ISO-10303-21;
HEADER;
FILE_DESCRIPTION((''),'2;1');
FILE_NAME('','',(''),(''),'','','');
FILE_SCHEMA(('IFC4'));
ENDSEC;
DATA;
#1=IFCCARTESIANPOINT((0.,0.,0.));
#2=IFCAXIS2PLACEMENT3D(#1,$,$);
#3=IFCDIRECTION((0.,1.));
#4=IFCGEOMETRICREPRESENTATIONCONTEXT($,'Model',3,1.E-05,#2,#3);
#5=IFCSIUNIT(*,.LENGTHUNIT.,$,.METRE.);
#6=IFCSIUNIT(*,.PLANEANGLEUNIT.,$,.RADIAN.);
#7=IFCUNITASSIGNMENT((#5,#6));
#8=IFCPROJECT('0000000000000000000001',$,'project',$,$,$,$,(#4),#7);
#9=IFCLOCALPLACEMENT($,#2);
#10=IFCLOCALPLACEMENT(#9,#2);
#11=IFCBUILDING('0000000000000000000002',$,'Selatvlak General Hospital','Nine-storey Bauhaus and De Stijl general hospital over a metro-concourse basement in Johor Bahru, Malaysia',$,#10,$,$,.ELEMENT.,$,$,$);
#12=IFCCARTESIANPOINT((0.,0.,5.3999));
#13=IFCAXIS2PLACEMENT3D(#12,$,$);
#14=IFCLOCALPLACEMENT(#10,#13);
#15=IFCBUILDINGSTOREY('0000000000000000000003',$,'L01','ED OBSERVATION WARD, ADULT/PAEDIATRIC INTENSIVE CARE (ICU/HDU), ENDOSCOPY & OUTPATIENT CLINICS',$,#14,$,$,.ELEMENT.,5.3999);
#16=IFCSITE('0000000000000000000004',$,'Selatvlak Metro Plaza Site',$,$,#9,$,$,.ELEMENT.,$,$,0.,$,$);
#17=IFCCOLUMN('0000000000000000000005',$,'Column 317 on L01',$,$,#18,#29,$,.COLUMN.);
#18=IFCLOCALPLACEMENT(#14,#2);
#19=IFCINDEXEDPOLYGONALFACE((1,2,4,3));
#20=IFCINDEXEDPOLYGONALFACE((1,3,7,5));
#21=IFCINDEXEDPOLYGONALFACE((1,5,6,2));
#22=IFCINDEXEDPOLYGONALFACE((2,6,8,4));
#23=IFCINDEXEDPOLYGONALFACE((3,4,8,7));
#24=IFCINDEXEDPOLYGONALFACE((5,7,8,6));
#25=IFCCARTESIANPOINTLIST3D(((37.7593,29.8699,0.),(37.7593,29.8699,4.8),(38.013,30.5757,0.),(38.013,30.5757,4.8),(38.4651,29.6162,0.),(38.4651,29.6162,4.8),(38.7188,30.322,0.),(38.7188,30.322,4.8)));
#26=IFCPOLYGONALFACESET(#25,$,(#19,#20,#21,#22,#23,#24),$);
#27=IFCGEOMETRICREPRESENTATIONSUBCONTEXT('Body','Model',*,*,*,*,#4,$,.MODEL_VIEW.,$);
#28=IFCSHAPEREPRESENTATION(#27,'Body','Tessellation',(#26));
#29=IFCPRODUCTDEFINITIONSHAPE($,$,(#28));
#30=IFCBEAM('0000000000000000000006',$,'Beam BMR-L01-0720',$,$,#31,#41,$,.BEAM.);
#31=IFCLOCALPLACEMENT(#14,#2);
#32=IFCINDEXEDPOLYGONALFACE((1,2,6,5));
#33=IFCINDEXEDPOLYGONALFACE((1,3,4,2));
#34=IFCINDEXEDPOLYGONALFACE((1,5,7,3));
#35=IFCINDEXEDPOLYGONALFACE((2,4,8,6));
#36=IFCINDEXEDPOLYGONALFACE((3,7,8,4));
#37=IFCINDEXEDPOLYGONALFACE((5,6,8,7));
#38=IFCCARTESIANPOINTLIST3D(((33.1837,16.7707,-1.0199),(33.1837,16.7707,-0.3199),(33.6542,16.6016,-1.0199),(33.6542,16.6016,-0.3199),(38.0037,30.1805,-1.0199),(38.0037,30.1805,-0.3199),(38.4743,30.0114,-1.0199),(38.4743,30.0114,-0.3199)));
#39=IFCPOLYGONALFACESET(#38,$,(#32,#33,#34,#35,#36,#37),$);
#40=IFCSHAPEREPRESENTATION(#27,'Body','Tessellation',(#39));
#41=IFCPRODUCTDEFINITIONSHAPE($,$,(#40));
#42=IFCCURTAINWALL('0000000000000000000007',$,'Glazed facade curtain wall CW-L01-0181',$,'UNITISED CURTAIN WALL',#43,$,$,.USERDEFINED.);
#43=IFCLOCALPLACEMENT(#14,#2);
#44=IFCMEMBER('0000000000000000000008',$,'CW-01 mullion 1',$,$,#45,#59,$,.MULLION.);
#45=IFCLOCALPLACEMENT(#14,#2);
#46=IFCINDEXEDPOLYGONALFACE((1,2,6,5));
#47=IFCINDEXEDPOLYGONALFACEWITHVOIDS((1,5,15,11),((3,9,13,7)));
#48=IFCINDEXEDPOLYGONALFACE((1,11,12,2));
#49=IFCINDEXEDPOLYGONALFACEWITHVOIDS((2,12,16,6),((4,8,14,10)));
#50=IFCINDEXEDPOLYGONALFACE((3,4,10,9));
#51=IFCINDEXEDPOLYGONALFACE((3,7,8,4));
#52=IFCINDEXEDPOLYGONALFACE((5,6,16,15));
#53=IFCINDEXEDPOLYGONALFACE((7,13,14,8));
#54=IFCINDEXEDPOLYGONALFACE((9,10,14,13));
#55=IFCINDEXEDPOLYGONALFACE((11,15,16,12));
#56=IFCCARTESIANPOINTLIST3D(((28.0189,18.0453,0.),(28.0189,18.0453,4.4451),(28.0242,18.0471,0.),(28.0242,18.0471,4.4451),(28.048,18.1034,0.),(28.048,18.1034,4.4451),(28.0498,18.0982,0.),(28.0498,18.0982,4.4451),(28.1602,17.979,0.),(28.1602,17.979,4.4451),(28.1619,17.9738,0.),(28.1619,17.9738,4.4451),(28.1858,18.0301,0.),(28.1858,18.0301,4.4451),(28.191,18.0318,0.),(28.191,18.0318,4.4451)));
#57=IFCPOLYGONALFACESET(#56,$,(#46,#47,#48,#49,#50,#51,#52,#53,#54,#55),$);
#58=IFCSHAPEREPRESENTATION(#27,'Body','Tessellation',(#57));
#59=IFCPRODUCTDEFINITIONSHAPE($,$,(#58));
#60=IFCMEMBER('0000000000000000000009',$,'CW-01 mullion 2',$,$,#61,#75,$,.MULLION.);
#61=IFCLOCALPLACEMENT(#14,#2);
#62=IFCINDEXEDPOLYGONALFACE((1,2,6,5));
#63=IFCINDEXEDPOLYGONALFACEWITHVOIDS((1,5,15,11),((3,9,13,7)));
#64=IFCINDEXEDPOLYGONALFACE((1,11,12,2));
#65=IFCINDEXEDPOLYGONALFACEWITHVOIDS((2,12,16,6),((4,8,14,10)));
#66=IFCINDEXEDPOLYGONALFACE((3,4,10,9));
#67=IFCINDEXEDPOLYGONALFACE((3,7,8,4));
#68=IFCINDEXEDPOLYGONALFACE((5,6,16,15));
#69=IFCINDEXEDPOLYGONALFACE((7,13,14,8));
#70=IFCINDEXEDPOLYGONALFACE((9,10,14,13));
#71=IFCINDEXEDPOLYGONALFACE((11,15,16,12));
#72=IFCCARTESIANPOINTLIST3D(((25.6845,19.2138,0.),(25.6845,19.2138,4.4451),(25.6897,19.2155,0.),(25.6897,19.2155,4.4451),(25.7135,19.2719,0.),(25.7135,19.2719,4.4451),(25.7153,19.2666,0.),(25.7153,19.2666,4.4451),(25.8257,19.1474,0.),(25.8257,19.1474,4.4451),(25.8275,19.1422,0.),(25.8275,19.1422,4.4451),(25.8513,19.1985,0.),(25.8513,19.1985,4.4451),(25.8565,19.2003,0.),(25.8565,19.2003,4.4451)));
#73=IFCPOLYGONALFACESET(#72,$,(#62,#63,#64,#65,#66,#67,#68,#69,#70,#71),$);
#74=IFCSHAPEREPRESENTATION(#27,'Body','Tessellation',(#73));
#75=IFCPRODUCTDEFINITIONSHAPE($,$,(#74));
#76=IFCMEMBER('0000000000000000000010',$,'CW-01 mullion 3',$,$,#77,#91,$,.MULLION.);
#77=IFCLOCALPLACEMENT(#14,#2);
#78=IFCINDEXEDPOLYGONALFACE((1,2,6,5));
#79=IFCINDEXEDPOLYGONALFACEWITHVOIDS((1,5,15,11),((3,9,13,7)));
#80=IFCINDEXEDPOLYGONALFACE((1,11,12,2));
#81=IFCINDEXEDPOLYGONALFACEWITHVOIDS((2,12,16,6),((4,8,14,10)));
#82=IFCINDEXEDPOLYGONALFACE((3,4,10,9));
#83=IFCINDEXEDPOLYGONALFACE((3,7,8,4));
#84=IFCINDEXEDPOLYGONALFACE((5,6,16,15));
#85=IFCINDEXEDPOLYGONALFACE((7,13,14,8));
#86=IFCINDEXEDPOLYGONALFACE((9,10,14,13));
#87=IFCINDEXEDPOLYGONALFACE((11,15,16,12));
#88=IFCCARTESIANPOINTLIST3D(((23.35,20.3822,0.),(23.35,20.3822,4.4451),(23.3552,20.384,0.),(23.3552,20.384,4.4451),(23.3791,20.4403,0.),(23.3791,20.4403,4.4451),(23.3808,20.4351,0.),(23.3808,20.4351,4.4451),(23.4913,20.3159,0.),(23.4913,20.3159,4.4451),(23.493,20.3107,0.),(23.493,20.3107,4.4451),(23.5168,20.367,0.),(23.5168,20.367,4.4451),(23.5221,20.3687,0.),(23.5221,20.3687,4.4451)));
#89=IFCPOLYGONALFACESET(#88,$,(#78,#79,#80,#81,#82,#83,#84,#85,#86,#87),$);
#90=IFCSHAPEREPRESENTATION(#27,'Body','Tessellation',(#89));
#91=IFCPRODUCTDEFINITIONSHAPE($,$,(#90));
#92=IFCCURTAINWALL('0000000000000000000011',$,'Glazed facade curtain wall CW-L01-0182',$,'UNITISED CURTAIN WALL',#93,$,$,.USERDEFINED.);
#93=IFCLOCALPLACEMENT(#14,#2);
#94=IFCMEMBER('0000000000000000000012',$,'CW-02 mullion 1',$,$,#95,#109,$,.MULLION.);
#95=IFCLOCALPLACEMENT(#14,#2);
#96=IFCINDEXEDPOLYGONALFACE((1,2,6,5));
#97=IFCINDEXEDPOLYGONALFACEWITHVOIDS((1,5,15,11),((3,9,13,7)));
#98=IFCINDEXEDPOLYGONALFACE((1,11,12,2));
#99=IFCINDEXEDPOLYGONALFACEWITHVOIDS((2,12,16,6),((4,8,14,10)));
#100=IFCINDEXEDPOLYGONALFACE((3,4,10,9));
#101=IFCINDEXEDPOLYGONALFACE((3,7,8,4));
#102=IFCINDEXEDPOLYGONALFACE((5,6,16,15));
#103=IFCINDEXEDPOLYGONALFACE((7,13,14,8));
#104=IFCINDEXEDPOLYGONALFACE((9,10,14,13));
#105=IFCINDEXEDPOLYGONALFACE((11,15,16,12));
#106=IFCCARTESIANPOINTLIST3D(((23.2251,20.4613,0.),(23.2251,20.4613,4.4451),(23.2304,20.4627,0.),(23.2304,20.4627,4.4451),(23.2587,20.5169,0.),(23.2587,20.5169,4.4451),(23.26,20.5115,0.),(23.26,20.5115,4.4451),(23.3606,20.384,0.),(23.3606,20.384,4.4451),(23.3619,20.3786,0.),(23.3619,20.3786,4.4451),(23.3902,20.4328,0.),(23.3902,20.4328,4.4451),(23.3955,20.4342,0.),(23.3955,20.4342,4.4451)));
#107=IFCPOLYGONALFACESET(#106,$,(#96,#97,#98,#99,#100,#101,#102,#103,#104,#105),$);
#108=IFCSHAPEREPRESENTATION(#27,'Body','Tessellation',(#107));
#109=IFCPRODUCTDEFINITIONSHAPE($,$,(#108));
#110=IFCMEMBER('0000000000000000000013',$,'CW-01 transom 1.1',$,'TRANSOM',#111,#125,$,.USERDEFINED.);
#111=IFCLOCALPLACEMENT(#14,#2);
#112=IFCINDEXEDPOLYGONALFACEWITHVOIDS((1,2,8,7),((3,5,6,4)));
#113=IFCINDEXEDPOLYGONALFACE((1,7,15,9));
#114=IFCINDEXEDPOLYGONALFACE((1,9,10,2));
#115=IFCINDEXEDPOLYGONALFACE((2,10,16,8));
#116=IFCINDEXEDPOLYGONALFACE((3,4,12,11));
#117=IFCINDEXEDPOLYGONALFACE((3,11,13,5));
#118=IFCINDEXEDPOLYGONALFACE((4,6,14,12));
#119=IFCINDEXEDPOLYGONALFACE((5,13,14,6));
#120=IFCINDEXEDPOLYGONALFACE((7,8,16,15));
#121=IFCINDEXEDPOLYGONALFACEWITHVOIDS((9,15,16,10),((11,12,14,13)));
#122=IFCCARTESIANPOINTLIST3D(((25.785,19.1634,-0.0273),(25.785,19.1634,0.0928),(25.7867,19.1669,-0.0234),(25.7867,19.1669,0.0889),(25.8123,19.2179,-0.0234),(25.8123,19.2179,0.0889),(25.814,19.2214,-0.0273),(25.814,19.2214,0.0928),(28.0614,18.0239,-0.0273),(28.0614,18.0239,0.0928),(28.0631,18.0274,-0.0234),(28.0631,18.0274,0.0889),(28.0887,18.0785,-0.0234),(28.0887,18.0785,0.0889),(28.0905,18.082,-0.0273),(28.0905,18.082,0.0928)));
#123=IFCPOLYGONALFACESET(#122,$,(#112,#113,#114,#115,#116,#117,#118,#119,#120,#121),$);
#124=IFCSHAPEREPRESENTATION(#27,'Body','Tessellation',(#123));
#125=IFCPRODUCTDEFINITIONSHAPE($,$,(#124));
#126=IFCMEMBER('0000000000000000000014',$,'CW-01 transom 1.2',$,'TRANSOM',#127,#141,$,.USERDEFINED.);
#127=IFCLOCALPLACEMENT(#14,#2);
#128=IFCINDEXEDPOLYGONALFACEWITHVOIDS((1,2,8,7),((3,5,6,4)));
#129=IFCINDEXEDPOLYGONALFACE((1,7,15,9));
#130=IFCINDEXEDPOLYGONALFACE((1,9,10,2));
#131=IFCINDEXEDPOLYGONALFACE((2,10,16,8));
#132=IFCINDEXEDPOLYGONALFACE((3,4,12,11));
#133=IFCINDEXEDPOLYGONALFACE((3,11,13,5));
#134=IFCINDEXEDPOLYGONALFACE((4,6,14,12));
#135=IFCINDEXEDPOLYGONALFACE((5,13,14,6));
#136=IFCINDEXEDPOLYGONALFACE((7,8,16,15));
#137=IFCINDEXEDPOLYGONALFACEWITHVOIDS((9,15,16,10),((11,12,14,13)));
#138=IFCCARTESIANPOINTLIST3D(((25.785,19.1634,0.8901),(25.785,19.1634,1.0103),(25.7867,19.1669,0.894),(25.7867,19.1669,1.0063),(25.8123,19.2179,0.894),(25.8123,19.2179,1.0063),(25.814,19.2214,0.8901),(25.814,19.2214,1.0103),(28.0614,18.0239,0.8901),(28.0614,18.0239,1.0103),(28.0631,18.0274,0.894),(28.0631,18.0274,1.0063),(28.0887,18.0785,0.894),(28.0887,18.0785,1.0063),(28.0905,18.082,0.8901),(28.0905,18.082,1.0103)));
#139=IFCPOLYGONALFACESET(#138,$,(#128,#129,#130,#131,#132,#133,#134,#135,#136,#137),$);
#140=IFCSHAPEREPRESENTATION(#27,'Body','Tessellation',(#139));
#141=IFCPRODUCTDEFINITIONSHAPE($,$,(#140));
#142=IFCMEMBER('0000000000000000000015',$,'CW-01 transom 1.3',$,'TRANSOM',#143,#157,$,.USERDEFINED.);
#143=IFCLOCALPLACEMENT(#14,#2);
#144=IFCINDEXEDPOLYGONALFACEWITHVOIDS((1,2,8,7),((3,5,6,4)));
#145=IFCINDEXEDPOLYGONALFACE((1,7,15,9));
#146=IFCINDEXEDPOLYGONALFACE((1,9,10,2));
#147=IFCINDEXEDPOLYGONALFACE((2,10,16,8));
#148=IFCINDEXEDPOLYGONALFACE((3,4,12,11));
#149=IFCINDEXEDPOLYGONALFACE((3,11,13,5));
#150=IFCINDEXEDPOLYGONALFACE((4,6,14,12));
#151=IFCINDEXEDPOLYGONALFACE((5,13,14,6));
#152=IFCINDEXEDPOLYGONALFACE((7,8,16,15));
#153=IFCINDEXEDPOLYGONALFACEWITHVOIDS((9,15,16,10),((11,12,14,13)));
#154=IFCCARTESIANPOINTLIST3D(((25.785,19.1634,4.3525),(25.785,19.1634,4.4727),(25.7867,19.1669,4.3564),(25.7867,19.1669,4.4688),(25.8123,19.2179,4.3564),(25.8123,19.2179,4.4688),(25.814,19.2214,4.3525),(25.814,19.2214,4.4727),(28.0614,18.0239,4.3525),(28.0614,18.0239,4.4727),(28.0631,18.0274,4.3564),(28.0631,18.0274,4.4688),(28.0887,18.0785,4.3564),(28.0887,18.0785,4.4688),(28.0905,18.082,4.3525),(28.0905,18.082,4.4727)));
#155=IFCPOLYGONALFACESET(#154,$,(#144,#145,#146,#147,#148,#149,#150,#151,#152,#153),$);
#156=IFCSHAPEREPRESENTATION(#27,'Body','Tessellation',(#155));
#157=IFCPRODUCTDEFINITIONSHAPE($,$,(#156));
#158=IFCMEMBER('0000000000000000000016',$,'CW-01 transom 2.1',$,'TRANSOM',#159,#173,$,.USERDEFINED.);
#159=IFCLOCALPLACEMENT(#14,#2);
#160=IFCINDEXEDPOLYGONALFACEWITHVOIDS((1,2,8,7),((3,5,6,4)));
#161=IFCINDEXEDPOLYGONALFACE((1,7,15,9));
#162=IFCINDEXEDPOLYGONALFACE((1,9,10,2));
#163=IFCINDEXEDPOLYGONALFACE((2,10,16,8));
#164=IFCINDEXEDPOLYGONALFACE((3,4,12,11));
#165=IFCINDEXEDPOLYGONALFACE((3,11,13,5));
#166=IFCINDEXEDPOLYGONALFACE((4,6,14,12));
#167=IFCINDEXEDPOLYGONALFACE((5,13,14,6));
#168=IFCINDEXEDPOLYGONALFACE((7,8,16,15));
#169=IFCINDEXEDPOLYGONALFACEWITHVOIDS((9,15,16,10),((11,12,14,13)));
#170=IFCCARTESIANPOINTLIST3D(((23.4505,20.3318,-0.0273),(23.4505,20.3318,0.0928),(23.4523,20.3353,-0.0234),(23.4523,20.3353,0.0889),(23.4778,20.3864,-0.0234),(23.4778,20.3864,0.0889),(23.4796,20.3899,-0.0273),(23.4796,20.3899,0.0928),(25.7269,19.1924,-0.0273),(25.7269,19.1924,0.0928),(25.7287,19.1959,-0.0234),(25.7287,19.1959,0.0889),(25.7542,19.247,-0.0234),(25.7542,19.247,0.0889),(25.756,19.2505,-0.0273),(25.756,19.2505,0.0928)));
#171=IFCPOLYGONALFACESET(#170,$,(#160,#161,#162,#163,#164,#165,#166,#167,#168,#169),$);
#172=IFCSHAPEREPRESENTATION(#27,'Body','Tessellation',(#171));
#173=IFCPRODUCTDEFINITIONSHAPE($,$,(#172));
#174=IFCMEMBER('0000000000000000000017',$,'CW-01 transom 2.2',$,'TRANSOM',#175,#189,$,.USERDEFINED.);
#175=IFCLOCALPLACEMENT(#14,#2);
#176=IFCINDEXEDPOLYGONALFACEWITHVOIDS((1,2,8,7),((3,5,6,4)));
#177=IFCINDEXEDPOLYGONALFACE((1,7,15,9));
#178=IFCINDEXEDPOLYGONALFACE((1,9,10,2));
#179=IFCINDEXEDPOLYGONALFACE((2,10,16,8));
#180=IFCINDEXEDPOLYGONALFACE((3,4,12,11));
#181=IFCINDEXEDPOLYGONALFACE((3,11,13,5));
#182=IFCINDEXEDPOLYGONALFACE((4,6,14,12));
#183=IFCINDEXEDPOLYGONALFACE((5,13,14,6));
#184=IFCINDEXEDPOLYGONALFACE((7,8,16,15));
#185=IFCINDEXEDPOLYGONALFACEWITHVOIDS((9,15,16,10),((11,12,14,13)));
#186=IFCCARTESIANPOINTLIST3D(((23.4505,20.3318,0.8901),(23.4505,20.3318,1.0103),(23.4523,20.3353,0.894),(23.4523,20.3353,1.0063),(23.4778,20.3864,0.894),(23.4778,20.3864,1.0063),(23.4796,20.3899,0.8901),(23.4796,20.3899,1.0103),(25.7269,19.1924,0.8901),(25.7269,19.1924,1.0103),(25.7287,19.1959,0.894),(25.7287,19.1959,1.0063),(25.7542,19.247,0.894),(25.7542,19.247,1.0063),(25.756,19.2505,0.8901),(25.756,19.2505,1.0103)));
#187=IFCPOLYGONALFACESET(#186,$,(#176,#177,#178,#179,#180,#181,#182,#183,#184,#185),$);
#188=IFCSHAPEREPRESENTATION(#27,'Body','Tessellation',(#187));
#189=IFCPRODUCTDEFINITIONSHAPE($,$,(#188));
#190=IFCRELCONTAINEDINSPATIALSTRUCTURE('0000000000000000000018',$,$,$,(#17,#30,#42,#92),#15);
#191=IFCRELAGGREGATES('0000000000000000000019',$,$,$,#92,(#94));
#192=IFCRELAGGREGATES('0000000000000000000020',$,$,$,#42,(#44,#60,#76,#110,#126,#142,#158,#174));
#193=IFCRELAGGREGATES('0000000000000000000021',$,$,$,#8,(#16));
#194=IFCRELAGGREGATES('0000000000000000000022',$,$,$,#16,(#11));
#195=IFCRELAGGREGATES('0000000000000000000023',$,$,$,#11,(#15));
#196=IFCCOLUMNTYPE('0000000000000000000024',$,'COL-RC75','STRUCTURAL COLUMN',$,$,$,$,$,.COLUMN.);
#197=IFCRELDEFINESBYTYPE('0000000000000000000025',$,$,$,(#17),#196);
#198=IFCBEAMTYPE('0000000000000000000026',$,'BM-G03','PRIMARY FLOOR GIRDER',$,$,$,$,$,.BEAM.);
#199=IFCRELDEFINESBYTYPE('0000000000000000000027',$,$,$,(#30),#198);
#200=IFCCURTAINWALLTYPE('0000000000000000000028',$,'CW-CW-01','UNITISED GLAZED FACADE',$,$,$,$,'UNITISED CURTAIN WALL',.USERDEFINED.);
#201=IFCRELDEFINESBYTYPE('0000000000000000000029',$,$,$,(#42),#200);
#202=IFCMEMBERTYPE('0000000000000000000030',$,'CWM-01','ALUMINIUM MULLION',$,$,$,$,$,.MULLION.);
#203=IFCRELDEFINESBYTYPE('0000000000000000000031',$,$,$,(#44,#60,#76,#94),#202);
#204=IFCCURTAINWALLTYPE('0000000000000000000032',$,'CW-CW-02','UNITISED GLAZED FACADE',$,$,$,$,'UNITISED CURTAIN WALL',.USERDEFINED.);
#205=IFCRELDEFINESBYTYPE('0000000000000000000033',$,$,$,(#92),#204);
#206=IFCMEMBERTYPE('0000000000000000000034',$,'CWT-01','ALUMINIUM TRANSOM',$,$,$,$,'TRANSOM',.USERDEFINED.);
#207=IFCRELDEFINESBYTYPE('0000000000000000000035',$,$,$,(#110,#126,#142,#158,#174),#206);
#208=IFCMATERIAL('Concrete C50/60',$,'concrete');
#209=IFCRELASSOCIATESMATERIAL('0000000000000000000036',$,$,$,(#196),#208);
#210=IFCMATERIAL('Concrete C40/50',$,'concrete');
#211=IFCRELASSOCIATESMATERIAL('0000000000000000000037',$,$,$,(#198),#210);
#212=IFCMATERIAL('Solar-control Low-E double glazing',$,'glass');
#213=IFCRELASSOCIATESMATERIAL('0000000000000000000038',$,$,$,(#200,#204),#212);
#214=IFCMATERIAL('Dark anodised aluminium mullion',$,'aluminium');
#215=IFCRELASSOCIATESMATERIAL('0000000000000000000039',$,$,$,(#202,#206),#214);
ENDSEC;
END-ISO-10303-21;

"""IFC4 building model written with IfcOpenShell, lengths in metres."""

from ifc_helpers import new_model, si_unit, direction, frame, origin, origin_2d, place, context, subcontext, project, spatial, rectangle, hollow_rectangle, extrude, material, material_profile, profile_set, type_object, element, aggregate, save


model = new_model("IFC4")

# Units and contexts
model_context = context("Model", 3, precision=1e-05, world=origin(), true_north=direction((0.0, 1.0)))
body_context = subcontext(model_context, "Body", "Model", "MODEL_VIEW")
ifc_project = project(units=[si_unit("LENGTHUNIT", "METRE"), si_unit("PLANEANGLEUNIT", "RADIAN")], contexts=[model_context])

# Site, building, storey
site_placement = place(None, origin())
site = spatial("IfcSite", under=ifc_project, at=site_placement, Name="Selatvlak Metro Plaza Site", CompositionType="ELEMENT", RefElevation=0.0)
building_placement = place(site_placement, origin())
building = spatial("IfcBuilding", under=site, at=building_placement, Name="Selatvlak General Hospital", Description="Nine-storey Bauhaus and De Stijl general hospital over a metro-concourse basement in Johor Bahru, Malaysia", CompositionType="ELEMENT")
storey_placement = place(building_placement, frame((0.0, 0.0, 5.3999)))
storey = spatial("IfcBuildingStorey", under=building, at=storey_placement, Name="L01", Description="ED OBSERVATION WARD, ADULT/PAEDIATRIC INTENSIVE CARE (ICU/HDU), ENDOSCOPY & OUTPATIENT CLINICS", CompositionType="ELEMENT", Elevation=5.3999)

# Column
ifc_material_1 = material(Name="Concrete C50/60", Category="concrete")
ifc_material_profile_1 = material_profile(ifc_material_1, rectangle(XDim=0.75, YDim=0.75, at=origin_2d()), Name="RC-COL 750x750")
ifc_profile_set_1 = profile_set([ifc_material_profile_1], Name="Concrete C50/60")
column_type = type_object("IfcColumnType", Name="COL-RC75", Description="STRUCTURAL COLUMN", PredefinedType="COLUMN", material=ifc_profile_set_1)
column_placement = place(storey_placement, frame((38.239, 30.0959, 0.0), z_axis=(0.0, 0.0, 1.0), x_axis=(0.338262, 0.941052, 0.0)))
element("IfcColumn", 1, at=column_placement, inside=storey, type_object=column_type, Name="Column 317 on L01", PredefinedType="COLUMN", context=body_context, shape_type="SweptSolid", body=[
    extrude(rectangle(XDim=0.75, YDim=0.75, at=origin_2d()), origin(), (0.0, 0.0, 1.0), 4.8),
])

# Beam
ifc_material_2 = material(Name="Concrete C40/50", Category="concrete")
ifc_material_profile_2 = material_profile(ifc_material_2, rectangle(XDim=0.5, YDim=0.7, at=origin_2d()), Name="RC-BM 500x700")
ifc_profile_set_2 = profile_set([ifc_material_profile_2], Name="Concrete C40/50")
beam_type = type_object("IfcBeamType", Name="BM-G03", Description="PRIMARY FLOOR GIRDER", PredefinedType="BEAM", material=ifc_profile_set_2)
beam_placement = place(storey_placement, frame((38.239, 30.0959, -0.6699), z_axis=(-0.338253, -0.941055, 0.0), x_axis=(0.941055, -0.338253, 0.0)))
element("IfcBeam", 2, at=beam_placement, inside=storey, type_object=beam_type, Name="Beam BMR-L01-0720", PredefinedType="BEAM", context=body_context, shape_type="SweptSolid", body=[
    extrude(rectangle(XDim=0.5, YDim=0.7, at=origin_2d()), origin(), (0.0, 0.0, 1.0), 14.2498),
])

# Curtain wall, members
ifc_material_3 = material(Name="Solar-control Low-E double glazing", Category="glass")
curtain_wall_type_1 = type_object("IfcCurtainWallType", Name="CW-CW-01", Description="UNITISED GLAZED FACADE", ElementType="UNITISED CURTAIN WALL", PredefinedType="USERDEFINED", material=ifc_material_3)
curtain_wall_1_placement = place(storey_placement, origin())
curtain_wall_1 = element("IfcCurtainWall", 3, at=curtain_wall_1_placement, inside=storey, type_object=curtain_wall_type_1, Name="Glazed facade curtain wall CW-L01-0181", ObjectType="UNITISED CURTAIN WALL", PredefinedType="USERDEFINED")
ifc_material_4 = material(Name="Dark anodised aluminium mullion", Category="aluminium")
ifc_material_profile_3 = material_profile(ifc_material_4, hollow_rectangle(XDim=0.0649, YDim=0.1599, WallThickness=0.0039, at=origin_2d()), Name="AL-MUL 65x160x4")
ifc_profile_set_3 = profile_set([ifc_material_profile_3], Name="Dark anodised aluminium mullion")
member_type_1 = type_object("IfcMemberType", Name="CWM-01", Description="ALUMINIUM MULLION", PredefinedType="MULLION", material=ifc_profile_set_3)
member_1_placement = place(storey_placement, frame((28.105, 18.0386, 0.0), z_axis=(0.0, 0.0, 1.0), x_axis=(-0.447592, -0.894238, 0.0)))
member_1 = element("IfcMember", 4, at=member_1_placement, type_object=member_type_1, Name="CW-01 mullion 1", PredefinedType="MULLION", context=body_context, shape_type="SweptSolid", body=[
    extrude(hollow_rectangle(XDim=0.0649, YDim=0.1599, WallThickness=0.0039, at=origin_2d()), origin(), (0.0, 0.0, 1.0), 4.4451),
])
member_2_placement = place(storey_placement, frame((25.7705, 19.207, 0.0), z_axis=(0.0, 0.0, 1.0), x_axis=(-0.447592, -0.894238, 0.0)))
member_2 = element("IfcMember", 5, at=member_2_placement, type_object=member_type_1, Name="CW-01 mullion 2", PredefinedType="MULLION", context=body_context, shape_type="SweptSolid", body=[
    extrude(hollow_rectangle(XDim=0.0649, YDim=0.1599, WallThickness=0.0039, at=origin_2d()), origin(), (0.0, 0.0, 1.0), 4.4451),
])
member_3_placement = place(storey_placement, frame((23.436, 20.3755, 0.0), z_axis=(0.0, 0.0, 1.0), x_axis=(-0.447592, -0.894238, 0.0)))
member_3 = element("IfcMember", 6, at=member_3_placement, type_object=member_type_1, Name="CW-01 mullion 3", PredefinedType="MULLION", context=body_context, shape_type="SweptSolid", body=[
    extrude(hollow_rectangle(XDim=0.0649, YDim=0.1599, WallThickness=0.0039, at=origin_2d()), origin(), (0.0, 0.0, 1.0), 4.4451),
])

# Curtain wall, member
curtain_wall_type_2 = type_object("IfcCurtainWallType", Name="CW-CW-02", Description="UNITISED GLAZED FACADE", ElementType="UNITISED CURTAIN WALL", PredefinedType="USERDEFINED", material=ifc_material_3)
curtain_wall_2_placement = place(storey_placement, origin())
curtain_wall_2 = element("IfcCurtainWall", 7, at=curtain_wall_2_placement, inside=storey, type_object=curtain_wall_type_2, Name="Glazed facade curtain wall CW-L01-0182", ObjectType="UNITISED CURTAIN WALL", PredefinedType="USERDEFINED")
member_4_placement = place(storey_placement, frame((23.3103, 20.4478, 0.0), z_axis=(0.0, 0.0, 1.0), x_axis=(-0.517413, -0.855736, 0.0)))
member_4 = element("IfcMember", 8, at=member_4_placement, type_object=member_type_1, Name="CW-02 mullion 1", PredefinedType="MULLION", context=body_context, shape_type="SweptSolid", body=[
    extrude(hollow_rectangle(XDim=0.0649, YDim=0.1599, WallThickness=0.0039, at=origin_2d()), origin(), (0.0, 0.0, 1.0), 4.4451),
])

# Members
ifc_material_profile_4 = material_profile(ifc_material_4, hollow_rectangle(XDim=0.0649, YDim=0.1201, WallThickness=0.0039, at=origin_2d()), Name="AL-TRN 65x120x4")
ifc_profile_set_4 = profile_set([ifc_material_profile_4], Name="Dark anodised aluminium mullion")
member_type_2 = type_object("IfcMemberType", Name="CWT-01", Description="ALUMINIUM TRANSOM", ElementType="TRANSOM", PredefinedType="USERDEFINED", material=ifc_profile_set_4)
member_5_placement = place(storey_placement, frame((28.0759, 18.053, 0.0327), z_axis=(-0.894235, 0.447597, 0.0), x_axis=(-0.447597, -0.894235, 0.0)))
member_5 = element("IfcMember", 9, at=member_5_placement, type_object=member_type_2, Name="CW-01 transom 1.1", ObjectType="TRANSOM", PredefinedType="USERDEFINED", context=body_context, shape_type="SweptSolid", body=[
    extrude(hollow_rectangle(XDim=0.0649, YDim=0.1201, WallThickness=0.0039, at=origin_2d()), origin(), (0.0, 0.0, 1.0), 2.5457),
])
member_6_placement = place(storey_placement, frame((28.0759, 18.053, 0.9502), z_axis=(-0.894235, 0.447597, 0.0), x_axis=(-0.447597, -0.894235, 0.0)))
member_6 = element("IfcMember", 10, at=member_6_placement, type_object=member_type_2, Name="CW-01 transom 1.2", ObjectType="TRANSOM", PredefinedType="USERDEFINED", context=body_context, shape_type="SweptSolid", body=[
    extrude(hollow_rectangle(XDim=0.0649, YDim=0.1201, WallThickness=0.0039, at=origin_2d()), origin(), (0.0, 0.0, 1.0), 2.5457),
])
member_7_placement = place(storey_placement, frame((28.0759, 18.053, 4.4126), z_axis=(-0.894235, 0.447597, 0.0), x_axis=(-0.447597, -0.894235, 0.0)))
member_7 = element("IfcMember", 11, at=member_7_placement, type_object=member_type_2, Name="CW-01 transom 1.3", ObjectType="TRANSOM", PredefinedType="USERDEFINED", context=body_context, shape_type="SweptSolid", body=[
    extrude(hollow_rectangle(XDim=0.0649, YDim=0.1201, WallThickness=0.0039, at=origin_2d()), origin(), (0.0, 0.0, 1.0), 2.5457),
])
member_8_placement = place(storey_placement, frame((25.7415, 19.2214, 0.0327), z_axis=(-0.894235, 0.447597, 0.0), x_axis=(-0.447597, -0.894235, 0.0)))
member_8 = element("IfcMember", 12, at=member_8_placement, type_object=member_type_2, Name="CW-01 transom 2.1", ObjectType="TRANSOM", PredefinedType="USERDEFINED", context=body_context, shape_type="SweptSolid", body=[
    extrude(hollow_rectangle(XDim=0.0649, YDim=0.1201, WallThickness=0.0039, at=origin_2d()), origin(), (0.0, 0.0, 1.0), 2.5457),
])
member_9_placement = place(storey_placement, frame((25.7415, 19.2214, 0.9502), z_axis=(-0.894235, 0.447597, 0.0), x_axis=(-0.447597, -0.894235, 0.0)))
member_9 = element("IfcMember", 13, at=member_9_placement, type_object=member_type_2, Name="CW-01 transom 2.2", ObjectType="TRANSOM", PredefinedType="USERDEFINED", context=body_context, shape_type="SweptSolid", body=[
    extrude(hollow_rectangle(XDim=0.0649, YDim=0.1201, WallThickness=0.0039, at=origin_2d()), origin(), (0.0, 0.0, 1.0), 2.5457),
])
aggregate(curtain_wall_2, [member_4])

aggregate(curtain_wall_1, [member_1, member_2, member_3, member_5, member_6, member_7, member_8, member_9])

save(model, "model.ifc")
